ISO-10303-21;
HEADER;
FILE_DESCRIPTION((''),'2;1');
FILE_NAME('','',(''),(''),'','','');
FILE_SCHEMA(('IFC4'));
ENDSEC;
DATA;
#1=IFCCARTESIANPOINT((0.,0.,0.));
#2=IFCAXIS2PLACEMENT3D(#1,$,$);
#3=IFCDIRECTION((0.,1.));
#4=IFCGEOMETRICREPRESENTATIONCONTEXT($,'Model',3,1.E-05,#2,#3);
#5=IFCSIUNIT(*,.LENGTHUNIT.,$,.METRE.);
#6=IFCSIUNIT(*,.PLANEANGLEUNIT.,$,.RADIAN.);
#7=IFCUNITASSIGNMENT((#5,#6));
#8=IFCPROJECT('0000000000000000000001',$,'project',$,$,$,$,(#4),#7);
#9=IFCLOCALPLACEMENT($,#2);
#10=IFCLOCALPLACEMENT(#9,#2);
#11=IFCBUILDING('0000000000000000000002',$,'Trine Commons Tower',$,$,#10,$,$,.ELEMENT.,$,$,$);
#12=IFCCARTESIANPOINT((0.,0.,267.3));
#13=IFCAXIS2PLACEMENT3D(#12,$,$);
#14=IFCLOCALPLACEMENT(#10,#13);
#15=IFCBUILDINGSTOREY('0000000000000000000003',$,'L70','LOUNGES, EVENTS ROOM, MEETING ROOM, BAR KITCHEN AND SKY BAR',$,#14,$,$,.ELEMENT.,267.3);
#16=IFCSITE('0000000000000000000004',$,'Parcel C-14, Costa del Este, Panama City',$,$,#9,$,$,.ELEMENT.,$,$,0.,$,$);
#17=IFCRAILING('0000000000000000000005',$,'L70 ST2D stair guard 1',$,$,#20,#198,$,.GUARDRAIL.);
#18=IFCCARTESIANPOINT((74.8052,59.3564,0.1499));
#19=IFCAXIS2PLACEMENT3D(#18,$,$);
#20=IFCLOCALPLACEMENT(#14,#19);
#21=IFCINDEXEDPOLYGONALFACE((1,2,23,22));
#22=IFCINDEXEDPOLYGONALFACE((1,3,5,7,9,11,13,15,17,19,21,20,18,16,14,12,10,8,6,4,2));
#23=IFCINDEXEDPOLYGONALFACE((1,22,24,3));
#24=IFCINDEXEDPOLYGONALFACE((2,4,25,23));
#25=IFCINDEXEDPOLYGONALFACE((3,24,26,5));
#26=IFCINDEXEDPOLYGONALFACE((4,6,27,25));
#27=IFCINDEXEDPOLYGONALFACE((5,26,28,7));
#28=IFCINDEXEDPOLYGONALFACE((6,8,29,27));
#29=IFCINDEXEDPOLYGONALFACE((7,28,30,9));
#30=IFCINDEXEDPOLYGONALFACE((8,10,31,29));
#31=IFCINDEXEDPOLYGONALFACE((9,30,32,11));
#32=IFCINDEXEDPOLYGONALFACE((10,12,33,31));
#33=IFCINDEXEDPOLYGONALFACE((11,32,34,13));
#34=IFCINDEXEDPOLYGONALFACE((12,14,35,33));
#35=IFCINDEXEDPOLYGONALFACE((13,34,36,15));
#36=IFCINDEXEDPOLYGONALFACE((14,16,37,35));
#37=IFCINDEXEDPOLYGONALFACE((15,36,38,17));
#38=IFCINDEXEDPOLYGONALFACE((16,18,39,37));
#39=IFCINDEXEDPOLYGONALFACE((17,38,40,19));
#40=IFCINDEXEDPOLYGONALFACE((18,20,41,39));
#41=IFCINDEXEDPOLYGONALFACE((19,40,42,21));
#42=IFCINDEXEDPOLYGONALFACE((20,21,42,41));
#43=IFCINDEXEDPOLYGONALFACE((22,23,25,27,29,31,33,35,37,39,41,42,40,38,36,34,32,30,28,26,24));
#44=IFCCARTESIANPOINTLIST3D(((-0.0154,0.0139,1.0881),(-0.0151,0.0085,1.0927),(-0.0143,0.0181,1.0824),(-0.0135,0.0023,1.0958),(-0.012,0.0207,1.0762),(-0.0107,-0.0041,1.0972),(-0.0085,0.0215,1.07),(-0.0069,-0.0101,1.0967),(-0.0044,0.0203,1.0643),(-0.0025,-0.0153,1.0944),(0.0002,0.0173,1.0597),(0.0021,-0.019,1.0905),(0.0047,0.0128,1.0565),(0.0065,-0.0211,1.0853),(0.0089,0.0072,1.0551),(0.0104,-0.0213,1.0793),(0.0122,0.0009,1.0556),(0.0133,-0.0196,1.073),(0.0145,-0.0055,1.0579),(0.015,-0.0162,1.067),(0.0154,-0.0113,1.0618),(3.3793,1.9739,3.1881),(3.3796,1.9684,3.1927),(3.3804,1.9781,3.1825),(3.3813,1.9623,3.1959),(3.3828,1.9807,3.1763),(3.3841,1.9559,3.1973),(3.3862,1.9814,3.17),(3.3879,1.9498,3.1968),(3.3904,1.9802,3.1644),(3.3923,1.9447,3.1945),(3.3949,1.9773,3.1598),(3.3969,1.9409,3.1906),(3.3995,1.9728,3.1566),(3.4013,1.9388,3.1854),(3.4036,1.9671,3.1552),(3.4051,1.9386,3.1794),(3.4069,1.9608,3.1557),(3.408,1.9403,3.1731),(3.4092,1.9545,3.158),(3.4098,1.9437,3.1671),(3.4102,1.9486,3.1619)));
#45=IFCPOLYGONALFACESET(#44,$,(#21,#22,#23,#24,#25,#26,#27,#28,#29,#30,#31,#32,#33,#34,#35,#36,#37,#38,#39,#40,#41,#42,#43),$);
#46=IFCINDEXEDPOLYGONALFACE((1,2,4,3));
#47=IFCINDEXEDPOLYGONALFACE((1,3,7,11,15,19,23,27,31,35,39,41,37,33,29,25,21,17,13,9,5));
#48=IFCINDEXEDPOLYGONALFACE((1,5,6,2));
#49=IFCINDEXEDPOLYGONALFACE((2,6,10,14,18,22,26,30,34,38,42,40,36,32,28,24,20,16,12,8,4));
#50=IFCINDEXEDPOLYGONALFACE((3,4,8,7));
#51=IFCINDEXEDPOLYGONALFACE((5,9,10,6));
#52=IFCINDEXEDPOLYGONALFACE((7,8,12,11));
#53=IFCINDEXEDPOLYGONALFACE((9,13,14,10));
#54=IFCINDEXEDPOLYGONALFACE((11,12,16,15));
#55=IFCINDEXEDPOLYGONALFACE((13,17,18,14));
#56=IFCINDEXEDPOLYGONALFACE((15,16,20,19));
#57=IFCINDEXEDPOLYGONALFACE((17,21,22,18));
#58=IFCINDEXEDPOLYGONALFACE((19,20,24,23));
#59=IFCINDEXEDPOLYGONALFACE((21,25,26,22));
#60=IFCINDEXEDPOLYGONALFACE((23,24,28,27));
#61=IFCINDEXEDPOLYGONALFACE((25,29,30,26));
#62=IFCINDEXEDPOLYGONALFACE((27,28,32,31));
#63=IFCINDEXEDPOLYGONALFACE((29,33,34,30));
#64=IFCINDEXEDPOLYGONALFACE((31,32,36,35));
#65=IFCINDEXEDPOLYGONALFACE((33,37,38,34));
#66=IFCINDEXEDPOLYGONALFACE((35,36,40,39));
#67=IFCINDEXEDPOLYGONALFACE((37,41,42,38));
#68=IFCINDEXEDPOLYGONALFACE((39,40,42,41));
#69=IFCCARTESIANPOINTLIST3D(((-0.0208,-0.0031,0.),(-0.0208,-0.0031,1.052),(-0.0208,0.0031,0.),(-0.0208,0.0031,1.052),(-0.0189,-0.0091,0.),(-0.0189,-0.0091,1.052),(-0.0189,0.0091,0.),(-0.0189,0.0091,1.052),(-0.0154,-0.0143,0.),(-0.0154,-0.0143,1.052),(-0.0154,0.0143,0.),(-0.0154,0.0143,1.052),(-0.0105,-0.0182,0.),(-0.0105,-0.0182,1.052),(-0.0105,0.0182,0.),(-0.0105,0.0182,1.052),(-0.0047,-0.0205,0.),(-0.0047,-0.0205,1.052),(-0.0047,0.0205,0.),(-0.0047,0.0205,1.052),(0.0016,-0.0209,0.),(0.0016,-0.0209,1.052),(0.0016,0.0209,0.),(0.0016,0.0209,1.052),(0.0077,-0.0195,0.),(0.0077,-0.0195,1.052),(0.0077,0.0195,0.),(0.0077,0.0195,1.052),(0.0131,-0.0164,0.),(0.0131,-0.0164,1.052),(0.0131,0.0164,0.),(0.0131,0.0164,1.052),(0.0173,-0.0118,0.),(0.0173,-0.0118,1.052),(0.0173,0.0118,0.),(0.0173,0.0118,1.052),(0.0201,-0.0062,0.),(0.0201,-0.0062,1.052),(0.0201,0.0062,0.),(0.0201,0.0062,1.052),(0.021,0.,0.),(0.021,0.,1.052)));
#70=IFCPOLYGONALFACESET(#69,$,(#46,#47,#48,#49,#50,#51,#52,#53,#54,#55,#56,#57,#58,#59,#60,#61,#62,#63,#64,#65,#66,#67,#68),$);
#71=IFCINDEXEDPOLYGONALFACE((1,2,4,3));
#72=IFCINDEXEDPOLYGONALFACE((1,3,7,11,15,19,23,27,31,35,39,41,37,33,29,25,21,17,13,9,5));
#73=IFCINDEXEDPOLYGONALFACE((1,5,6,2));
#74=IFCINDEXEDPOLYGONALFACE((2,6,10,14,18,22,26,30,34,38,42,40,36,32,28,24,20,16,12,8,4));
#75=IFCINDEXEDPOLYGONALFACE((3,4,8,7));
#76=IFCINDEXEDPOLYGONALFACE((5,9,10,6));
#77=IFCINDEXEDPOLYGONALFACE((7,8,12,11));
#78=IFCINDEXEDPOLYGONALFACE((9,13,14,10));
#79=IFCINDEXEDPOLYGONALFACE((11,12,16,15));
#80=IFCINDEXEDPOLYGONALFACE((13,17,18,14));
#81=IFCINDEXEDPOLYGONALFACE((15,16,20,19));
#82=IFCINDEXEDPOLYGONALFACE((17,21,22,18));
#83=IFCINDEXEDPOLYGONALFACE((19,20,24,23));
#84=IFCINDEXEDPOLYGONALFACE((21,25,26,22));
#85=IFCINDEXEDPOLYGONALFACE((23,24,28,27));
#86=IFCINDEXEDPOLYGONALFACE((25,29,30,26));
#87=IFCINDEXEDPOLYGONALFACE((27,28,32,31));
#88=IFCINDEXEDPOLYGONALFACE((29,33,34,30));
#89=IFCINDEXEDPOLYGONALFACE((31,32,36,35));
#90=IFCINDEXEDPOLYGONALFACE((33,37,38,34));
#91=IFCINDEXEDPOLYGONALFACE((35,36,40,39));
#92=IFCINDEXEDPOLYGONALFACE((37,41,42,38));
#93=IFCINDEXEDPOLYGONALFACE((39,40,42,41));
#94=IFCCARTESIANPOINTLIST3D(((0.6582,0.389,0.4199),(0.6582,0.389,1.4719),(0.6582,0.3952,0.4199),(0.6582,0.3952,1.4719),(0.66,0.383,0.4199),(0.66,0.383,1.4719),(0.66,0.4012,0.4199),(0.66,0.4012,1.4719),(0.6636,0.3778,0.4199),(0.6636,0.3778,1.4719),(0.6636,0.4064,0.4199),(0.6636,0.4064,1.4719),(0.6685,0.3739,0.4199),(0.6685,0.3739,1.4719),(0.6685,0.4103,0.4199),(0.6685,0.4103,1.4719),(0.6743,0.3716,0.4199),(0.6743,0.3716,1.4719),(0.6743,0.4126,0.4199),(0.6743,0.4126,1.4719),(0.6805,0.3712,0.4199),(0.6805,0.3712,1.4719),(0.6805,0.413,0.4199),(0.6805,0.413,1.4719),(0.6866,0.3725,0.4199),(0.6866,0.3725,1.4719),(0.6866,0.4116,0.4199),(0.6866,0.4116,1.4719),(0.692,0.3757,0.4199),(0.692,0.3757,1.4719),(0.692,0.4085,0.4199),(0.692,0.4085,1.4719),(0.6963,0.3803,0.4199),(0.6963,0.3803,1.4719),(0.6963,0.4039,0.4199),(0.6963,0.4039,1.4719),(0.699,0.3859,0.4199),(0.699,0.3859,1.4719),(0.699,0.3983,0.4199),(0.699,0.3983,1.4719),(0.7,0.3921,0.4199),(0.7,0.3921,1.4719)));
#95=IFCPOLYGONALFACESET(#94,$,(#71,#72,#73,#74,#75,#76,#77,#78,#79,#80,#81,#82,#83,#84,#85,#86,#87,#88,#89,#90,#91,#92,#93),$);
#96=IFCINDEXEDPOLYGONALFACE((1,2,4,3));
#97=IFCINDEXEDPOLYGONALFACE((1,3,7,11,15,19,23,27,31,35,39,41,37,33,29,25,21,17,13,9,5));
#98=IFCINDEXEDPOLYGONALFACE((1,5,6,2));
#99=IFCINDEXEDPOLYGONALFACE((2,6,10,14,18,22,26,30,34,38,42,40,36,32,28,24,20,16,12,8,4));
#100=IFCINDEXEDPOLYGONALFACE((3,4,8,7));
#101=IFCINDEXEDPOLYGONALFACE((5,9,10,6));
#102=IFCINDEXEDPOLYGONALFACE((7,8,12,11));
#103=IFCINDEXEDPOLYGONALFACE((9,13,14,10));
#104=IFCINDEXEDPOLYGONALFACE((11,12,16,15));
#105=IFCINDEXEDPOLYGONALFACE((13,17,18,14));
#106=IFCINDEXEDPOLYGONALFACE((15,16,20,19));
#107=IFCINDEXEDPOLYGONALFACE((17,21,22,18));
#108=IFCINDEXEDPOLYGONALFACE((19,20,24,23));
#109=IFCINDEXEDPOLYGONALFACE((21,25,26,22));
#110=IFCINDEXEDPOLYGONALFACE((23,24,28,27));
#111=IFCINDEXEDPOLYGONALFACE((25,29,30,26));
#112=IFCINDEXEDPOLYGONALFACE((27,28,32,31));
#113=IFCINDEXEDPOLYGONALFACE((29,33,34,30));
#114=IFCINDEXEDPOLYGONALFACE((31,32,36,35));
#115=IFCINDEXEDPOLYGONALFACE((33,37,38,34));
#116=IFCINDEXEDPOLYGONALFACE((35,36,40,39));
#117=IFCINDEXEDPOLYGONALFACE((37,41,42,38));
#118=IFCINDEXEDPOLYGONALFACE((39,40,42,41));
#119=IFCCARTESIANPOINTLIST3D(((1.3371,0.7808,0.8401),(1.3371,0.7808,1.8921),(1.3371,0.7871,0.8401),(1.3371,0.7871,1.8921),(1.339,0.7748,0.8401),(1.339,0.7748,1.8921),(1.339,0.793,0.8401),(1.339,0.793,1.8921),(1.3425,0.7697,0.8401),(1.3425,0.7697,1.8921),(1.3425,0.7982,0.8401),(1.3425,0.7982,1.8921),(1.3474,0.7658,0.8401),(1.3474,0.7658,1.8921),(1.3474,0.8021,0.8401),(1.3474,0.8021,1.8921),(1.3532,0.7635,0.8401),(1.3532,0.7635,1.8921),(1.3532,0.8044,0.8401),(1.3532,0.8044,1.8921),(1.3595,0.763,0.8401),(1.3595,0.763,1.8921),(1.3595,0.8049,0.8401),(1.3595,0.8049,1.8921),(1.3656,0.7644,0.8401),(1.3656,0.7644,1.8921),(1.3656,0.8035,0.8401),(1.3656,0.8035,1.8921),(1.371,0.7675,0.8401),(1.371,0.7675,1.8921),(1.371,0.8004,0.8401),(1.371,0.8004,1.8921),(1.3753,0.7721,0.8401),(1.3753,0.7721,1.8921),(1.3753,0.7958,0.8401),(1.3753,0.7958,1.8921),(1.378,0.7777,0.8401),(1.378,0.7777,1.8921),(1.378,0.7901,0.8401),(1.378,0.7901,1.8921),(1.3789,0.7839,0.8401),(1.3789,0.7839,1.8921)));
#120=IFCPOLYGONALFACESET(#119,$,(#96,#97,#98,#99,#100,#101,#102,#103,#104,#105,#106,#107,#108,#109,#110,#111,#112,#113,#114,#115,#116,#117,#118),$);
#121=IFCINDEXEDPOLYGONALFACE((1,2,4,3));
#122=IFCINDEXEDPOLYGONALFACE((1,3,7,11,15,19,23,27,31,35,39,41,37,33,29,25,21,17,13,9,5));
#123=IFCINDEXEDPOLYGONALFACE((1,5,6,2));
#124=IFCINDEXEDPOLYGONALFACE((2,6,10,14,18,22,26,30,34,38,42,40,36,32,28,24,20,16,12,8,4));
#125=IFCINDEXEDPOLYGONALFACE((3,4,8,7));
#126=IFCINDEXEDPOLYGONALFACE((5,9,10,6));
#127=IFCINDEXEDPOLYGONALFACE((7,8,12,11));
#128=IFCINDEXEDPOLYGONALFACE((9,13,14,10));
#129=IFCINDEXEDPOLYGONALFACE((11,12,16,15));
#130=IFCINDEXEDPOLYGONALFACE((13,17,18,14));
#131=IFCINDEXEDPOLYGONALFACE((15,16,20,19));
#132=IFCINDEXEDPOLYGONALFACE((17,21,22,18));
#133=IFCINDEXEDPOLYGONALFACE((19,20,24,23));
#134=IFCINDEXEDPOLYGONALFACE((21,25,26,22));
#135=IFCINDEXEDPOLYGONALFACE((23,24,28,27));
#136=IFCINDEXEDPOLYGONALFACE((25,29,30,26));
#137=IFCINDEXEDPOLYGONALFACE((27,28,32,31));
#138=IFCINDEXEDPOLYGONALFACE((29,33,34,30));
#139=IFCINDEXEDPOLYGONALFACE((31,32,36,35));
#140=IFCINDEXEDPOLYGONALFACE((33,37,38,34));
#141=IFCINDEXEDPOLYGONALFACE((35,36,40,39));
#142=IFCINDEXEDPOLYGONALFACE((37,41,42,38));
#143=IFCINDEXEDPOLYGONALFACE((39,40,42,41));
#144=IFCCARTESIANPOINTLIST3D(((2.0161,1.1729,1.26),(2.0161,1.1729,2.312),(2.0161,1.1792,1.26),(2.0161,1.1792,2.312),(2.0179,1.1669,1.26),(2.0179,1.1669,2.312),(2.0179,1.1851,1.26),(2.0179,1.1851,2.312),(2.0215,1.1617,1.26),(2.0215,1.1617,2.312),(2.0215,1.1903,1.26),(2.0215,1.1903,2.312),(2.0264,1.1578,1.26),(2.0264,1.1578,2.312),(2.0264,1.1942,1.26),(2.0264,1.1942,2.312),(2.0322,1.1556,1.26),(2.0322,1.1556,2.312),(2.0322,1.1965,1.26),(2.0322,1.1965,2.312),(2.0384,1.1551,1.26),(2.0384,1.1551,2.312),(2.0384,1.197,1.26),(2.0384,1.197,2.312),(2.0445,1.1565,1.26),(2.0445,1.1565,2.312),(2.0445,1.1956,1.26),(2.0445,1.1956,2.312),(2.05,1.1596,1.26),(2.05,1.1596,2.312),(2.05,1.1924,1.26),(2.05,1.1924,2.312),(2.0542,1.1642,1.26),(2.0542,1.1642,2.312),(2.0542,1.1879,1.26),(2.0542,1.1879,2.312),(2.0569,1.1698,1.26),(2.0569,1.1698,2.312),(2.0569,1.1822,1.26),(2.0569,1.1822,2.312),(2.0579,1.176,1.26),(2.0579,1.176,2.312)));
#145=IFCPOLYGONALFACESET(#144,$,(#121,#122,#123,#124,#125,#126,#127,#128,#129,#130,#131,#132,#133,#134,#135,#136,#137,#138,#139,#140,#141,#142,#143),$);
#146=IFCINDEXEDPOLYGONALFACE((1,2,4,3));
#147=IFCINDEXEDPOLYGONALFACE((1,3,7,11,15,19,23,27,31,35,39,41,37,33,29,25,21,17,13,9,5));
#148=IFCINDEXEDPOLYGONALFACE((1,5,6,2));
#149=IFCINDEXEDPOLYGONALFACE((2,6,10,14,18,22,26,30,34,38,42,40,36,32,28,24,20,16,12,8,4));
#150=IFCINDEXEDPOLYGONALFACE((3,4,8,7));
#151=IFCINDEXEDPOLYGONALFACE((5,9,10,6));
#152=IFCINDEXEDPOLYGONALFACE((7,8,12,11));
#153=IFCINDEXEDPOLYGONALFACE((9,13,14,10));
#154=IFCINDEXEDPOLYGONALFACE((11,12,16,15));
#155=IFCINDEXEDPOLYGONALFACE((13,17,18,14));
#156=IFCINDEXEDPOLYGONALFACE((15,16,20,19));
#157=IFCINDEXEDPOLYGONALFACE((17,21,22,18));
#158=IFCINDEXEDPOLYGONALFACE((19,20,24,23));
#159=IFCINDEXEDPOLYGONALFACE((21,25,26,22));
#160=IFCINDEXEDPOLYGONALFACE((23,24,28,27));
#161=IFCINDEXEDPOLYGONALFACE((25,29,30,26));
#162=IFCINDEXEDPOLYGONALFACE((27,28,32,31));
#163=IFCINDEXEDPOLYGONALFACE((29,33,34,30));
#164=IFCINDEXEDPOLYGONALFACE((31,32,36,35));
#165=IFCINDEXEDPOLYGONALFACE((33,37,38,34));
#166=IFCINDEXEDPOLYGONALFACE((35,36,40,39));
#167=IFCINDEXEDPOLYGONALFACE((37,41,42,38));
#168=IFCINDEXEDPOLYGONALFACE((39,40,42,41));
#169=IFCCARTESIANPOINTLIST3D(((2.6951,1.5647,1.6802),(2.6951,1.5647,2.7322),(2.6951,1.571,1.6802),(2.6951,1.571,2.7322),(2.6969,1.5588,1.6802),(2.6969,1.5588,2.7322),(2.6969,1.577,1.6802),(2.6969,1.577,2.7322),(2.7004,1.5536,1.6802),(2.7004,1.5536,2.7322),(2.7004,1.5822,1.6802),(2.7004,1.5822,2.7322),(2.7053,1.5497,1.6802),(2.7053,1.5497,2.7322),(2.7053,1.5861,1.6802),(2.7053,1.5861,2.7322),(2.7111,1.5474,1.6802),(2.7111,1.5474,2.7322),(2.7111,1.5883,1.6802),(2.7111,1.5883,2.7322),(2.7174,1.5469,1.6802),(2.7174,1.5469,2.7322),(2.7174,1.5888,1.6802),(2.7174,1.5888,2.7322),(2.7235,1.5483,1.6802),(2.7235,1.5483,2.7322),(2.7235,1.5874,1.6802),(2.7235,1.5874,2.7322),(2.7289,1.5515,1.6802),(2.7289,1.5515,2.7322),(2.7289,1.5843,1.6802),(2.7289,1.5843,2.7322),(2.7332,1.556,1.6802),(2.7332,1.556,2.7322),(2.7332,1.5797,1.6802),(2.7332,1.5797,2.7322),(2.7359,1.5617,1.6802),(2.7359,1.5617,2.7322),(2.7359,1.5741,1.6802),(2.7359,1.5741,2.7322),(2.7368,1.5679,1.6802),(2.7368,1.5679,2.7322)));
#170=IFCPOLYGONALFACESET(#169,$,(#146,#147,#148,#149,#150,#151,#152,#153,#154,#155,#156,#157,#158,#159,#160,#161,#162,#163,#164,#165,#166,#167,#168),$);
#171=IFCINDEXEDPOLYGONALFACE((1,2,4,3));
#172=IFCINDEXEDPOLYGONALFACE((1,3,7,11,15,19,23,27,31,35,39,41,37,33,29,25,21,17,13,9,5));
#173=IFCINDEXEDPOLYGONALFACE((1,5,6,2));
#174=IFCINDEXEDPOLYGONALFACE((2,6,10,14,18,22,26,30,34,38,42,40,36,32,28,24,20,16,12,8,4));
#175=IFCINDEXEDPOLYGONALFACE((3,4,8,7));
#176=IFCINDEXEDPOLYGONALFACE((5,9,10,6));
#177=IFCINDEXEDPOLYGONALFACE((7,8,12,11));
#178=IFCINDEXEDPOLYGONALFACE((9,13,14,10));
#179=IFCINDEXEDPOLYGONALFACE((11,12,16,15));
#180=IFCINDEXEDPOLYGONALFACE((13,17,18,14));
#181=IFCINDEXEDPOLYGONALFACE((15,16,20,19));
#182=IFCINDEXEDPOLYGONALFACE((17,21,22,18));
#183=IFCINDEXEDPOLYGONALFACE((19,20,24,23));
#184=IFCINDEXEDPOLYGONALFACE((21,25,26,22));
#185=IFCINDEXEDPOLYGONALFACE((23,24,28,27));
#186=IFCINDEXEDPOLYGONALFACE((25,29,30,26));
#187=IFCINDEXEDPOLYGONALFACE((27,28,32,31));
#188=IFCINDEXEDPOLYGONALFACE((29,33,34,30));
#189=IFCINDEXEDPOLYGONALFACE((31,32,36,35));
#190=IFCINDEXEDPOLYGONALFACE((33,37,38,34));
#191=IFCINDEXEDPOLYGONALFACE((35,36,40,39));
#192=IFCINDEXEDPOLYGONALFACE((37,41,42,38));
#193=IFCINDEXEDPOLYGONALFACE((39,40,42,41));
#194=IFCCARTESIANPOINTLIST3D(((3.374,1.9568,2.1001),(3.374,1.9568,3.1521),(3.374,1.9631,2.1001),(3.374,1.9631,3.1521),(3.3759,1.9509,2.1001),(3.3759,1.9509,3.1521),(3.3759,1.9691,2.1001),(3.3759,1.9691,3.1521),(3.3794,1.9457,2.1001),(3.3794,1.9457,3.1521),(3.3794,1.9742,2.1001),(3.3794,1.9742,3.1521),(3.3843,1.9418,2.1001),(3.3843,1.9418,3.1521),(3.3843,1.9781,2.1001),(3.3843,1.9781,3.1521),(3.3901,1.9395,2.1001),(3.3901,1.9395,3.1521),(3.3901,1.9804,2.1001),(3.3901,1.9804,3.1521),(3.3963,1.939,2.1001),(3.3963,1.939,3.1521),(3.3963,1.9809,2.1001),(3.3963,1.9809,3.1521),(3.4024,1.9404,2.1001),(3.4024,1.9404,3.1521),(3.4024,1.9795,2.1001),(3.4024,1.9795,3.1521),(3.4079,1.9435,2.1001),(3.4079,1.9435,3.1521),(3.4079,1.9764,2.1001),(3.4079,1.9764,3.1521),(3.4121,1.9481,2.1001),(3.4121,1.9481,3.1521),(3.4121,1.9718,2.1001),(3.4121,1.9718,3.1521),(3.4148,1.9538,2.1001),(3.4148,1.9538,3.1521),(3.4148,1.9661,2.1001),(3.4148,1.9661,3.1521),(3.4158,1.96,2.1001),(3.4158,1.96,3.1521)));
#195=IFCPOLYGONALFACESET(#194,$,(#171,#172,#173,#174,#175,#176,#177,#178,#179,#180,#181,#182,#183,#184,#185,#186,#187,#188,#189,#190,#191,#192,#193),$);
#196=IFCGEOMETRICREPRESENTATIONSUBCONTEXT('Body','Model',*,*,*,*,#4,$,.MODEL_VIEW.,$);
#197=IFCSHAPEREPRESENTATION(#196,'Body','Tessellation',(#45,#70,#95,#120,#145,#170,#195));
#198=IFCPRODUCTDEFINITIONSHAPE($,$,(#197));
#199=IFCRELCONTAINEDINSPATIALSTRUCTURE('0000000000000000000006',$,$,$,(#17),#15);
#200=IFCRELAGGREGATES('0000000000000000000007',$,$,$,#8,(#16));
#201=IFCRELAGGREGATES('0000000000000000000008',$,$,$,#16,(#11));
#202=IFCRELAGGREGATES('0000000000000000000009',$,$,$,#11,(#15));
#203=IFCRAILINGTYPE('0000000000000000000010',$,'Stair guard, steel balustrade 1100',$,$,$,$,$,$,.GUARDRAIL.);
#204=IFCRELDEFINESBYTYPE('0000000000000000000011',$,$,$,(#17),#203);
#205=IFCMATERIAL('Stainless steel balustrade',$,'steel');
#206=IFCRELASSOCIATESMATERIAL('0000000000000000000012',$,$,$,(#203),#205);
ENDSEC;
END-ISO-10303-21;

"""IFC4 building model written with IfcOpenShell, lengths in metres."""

from ifc_helpers import new_model, si_unit, direction, frame, origin, origin_2d, place, context, subcontext, project, spatial, circle, extrude, material, type_object, element, save


model = new_model("IFC4")

# Units and contexts
model_context = context("Model", 3, precision=1e-05, world=origin(), true_north=direction((0.0, 1.0)))
body_context = subcontext(model_context, "Body", "Model", "MODEL_VIEW")
ifc_project = project(units=[si_unit("LENGTHUNIT", "METRE"), si_unit("PLANEANGLEUNIT", "RADIAN")], contexts=[model_context])

# Site, building, storey
site_placement = place(None, origin())
site = spatial("IfcSite", under=ifc_project, at=site_placement, Name="Parcel C-14, Costa del Este, Panama City", CompositionType="ELEMENT", RefElevation=0.0)
building_placement = place(site_placement, origin())
building = spatial("IfcBuilding", under=site, at=building_placement, Name="Trine Commons Tower", CompositionType="ELEMENT")
storey_placement = place(building_placement, frame((0.0, 0.0, 267.3)))
storey = spatial("IfcBuildingStorey", under=building, at=storey_placement, Name="L70", Description="LOUNGES, EVENTS ROOM, MEETING ROOM, BAR KITCHEN AND SKY BAR", CompositionType="ELEMENT", Elevation=267.3)

# Railing
ifc_material_1 = material(Name="Stainless steel balustrade", Category="steel")
railing_type_1 = type_object("IfcRailingType", Name="Stair guard, steel balustrade 1100", PredefinedType="GUARDRAIL", material=ifc_material_1)
railing_1_placement = place(storey_placement, frame((74.8052, 59.3564, 0.1499)))
element("IfcRailing", 1, at=railing_1_placement, inside=storey, type_object=railing_type_1, Name="L70 ST2D stair guard 1", PredefinedType="GUARDRAIL", context=body_context, shape_type="SweptSolid", body=[
    extrude(circle(Radius=0.0239, at=origin_2d()), frame((0.0, 0.0, 1.0762), z_axis=(0.763375, 0.440732, 0.472244), x_axis=(-0.499997, 0.866027, 0.0)), (0.0, 0.0, 1.0), 4.447),
    extrude(circle(Radius=0.021, at=origin_2d()), origin(), (0.0, 0.0, 1.0), 1.052),
    extrude(circle(Radius=0.021, at=origin_2d()), frame((0.679, 0.3921, 0.4199)), (0.0, 0.0, 1.0), 1.052),
    extrude(circle(Radius=0.021, at=origin_2d()), frame((1.3579, 0.7839, 0.8401)), (0.0, 0.0, 1.0), 1.052),
    extrude(circle(Radius=0.021, at=origin_2d()), frame((2.0369, 1.176, 1.26)), (0.0, 0.0, 1.0), 1.052),
    extrude(circle(Radius=0.021, at=origin_2d()), frame((2.7158, 1.5679, 1.6802)), (0.0, 0.0, 1.0), 1.052),
    extrude(circle(Radius=0.021, at=origin_2d()), frame((3.3948, 1.96, 2.1001)), (0.0, 0.0, 1.0), 1.052),
])

save(model, "model.ifc")
